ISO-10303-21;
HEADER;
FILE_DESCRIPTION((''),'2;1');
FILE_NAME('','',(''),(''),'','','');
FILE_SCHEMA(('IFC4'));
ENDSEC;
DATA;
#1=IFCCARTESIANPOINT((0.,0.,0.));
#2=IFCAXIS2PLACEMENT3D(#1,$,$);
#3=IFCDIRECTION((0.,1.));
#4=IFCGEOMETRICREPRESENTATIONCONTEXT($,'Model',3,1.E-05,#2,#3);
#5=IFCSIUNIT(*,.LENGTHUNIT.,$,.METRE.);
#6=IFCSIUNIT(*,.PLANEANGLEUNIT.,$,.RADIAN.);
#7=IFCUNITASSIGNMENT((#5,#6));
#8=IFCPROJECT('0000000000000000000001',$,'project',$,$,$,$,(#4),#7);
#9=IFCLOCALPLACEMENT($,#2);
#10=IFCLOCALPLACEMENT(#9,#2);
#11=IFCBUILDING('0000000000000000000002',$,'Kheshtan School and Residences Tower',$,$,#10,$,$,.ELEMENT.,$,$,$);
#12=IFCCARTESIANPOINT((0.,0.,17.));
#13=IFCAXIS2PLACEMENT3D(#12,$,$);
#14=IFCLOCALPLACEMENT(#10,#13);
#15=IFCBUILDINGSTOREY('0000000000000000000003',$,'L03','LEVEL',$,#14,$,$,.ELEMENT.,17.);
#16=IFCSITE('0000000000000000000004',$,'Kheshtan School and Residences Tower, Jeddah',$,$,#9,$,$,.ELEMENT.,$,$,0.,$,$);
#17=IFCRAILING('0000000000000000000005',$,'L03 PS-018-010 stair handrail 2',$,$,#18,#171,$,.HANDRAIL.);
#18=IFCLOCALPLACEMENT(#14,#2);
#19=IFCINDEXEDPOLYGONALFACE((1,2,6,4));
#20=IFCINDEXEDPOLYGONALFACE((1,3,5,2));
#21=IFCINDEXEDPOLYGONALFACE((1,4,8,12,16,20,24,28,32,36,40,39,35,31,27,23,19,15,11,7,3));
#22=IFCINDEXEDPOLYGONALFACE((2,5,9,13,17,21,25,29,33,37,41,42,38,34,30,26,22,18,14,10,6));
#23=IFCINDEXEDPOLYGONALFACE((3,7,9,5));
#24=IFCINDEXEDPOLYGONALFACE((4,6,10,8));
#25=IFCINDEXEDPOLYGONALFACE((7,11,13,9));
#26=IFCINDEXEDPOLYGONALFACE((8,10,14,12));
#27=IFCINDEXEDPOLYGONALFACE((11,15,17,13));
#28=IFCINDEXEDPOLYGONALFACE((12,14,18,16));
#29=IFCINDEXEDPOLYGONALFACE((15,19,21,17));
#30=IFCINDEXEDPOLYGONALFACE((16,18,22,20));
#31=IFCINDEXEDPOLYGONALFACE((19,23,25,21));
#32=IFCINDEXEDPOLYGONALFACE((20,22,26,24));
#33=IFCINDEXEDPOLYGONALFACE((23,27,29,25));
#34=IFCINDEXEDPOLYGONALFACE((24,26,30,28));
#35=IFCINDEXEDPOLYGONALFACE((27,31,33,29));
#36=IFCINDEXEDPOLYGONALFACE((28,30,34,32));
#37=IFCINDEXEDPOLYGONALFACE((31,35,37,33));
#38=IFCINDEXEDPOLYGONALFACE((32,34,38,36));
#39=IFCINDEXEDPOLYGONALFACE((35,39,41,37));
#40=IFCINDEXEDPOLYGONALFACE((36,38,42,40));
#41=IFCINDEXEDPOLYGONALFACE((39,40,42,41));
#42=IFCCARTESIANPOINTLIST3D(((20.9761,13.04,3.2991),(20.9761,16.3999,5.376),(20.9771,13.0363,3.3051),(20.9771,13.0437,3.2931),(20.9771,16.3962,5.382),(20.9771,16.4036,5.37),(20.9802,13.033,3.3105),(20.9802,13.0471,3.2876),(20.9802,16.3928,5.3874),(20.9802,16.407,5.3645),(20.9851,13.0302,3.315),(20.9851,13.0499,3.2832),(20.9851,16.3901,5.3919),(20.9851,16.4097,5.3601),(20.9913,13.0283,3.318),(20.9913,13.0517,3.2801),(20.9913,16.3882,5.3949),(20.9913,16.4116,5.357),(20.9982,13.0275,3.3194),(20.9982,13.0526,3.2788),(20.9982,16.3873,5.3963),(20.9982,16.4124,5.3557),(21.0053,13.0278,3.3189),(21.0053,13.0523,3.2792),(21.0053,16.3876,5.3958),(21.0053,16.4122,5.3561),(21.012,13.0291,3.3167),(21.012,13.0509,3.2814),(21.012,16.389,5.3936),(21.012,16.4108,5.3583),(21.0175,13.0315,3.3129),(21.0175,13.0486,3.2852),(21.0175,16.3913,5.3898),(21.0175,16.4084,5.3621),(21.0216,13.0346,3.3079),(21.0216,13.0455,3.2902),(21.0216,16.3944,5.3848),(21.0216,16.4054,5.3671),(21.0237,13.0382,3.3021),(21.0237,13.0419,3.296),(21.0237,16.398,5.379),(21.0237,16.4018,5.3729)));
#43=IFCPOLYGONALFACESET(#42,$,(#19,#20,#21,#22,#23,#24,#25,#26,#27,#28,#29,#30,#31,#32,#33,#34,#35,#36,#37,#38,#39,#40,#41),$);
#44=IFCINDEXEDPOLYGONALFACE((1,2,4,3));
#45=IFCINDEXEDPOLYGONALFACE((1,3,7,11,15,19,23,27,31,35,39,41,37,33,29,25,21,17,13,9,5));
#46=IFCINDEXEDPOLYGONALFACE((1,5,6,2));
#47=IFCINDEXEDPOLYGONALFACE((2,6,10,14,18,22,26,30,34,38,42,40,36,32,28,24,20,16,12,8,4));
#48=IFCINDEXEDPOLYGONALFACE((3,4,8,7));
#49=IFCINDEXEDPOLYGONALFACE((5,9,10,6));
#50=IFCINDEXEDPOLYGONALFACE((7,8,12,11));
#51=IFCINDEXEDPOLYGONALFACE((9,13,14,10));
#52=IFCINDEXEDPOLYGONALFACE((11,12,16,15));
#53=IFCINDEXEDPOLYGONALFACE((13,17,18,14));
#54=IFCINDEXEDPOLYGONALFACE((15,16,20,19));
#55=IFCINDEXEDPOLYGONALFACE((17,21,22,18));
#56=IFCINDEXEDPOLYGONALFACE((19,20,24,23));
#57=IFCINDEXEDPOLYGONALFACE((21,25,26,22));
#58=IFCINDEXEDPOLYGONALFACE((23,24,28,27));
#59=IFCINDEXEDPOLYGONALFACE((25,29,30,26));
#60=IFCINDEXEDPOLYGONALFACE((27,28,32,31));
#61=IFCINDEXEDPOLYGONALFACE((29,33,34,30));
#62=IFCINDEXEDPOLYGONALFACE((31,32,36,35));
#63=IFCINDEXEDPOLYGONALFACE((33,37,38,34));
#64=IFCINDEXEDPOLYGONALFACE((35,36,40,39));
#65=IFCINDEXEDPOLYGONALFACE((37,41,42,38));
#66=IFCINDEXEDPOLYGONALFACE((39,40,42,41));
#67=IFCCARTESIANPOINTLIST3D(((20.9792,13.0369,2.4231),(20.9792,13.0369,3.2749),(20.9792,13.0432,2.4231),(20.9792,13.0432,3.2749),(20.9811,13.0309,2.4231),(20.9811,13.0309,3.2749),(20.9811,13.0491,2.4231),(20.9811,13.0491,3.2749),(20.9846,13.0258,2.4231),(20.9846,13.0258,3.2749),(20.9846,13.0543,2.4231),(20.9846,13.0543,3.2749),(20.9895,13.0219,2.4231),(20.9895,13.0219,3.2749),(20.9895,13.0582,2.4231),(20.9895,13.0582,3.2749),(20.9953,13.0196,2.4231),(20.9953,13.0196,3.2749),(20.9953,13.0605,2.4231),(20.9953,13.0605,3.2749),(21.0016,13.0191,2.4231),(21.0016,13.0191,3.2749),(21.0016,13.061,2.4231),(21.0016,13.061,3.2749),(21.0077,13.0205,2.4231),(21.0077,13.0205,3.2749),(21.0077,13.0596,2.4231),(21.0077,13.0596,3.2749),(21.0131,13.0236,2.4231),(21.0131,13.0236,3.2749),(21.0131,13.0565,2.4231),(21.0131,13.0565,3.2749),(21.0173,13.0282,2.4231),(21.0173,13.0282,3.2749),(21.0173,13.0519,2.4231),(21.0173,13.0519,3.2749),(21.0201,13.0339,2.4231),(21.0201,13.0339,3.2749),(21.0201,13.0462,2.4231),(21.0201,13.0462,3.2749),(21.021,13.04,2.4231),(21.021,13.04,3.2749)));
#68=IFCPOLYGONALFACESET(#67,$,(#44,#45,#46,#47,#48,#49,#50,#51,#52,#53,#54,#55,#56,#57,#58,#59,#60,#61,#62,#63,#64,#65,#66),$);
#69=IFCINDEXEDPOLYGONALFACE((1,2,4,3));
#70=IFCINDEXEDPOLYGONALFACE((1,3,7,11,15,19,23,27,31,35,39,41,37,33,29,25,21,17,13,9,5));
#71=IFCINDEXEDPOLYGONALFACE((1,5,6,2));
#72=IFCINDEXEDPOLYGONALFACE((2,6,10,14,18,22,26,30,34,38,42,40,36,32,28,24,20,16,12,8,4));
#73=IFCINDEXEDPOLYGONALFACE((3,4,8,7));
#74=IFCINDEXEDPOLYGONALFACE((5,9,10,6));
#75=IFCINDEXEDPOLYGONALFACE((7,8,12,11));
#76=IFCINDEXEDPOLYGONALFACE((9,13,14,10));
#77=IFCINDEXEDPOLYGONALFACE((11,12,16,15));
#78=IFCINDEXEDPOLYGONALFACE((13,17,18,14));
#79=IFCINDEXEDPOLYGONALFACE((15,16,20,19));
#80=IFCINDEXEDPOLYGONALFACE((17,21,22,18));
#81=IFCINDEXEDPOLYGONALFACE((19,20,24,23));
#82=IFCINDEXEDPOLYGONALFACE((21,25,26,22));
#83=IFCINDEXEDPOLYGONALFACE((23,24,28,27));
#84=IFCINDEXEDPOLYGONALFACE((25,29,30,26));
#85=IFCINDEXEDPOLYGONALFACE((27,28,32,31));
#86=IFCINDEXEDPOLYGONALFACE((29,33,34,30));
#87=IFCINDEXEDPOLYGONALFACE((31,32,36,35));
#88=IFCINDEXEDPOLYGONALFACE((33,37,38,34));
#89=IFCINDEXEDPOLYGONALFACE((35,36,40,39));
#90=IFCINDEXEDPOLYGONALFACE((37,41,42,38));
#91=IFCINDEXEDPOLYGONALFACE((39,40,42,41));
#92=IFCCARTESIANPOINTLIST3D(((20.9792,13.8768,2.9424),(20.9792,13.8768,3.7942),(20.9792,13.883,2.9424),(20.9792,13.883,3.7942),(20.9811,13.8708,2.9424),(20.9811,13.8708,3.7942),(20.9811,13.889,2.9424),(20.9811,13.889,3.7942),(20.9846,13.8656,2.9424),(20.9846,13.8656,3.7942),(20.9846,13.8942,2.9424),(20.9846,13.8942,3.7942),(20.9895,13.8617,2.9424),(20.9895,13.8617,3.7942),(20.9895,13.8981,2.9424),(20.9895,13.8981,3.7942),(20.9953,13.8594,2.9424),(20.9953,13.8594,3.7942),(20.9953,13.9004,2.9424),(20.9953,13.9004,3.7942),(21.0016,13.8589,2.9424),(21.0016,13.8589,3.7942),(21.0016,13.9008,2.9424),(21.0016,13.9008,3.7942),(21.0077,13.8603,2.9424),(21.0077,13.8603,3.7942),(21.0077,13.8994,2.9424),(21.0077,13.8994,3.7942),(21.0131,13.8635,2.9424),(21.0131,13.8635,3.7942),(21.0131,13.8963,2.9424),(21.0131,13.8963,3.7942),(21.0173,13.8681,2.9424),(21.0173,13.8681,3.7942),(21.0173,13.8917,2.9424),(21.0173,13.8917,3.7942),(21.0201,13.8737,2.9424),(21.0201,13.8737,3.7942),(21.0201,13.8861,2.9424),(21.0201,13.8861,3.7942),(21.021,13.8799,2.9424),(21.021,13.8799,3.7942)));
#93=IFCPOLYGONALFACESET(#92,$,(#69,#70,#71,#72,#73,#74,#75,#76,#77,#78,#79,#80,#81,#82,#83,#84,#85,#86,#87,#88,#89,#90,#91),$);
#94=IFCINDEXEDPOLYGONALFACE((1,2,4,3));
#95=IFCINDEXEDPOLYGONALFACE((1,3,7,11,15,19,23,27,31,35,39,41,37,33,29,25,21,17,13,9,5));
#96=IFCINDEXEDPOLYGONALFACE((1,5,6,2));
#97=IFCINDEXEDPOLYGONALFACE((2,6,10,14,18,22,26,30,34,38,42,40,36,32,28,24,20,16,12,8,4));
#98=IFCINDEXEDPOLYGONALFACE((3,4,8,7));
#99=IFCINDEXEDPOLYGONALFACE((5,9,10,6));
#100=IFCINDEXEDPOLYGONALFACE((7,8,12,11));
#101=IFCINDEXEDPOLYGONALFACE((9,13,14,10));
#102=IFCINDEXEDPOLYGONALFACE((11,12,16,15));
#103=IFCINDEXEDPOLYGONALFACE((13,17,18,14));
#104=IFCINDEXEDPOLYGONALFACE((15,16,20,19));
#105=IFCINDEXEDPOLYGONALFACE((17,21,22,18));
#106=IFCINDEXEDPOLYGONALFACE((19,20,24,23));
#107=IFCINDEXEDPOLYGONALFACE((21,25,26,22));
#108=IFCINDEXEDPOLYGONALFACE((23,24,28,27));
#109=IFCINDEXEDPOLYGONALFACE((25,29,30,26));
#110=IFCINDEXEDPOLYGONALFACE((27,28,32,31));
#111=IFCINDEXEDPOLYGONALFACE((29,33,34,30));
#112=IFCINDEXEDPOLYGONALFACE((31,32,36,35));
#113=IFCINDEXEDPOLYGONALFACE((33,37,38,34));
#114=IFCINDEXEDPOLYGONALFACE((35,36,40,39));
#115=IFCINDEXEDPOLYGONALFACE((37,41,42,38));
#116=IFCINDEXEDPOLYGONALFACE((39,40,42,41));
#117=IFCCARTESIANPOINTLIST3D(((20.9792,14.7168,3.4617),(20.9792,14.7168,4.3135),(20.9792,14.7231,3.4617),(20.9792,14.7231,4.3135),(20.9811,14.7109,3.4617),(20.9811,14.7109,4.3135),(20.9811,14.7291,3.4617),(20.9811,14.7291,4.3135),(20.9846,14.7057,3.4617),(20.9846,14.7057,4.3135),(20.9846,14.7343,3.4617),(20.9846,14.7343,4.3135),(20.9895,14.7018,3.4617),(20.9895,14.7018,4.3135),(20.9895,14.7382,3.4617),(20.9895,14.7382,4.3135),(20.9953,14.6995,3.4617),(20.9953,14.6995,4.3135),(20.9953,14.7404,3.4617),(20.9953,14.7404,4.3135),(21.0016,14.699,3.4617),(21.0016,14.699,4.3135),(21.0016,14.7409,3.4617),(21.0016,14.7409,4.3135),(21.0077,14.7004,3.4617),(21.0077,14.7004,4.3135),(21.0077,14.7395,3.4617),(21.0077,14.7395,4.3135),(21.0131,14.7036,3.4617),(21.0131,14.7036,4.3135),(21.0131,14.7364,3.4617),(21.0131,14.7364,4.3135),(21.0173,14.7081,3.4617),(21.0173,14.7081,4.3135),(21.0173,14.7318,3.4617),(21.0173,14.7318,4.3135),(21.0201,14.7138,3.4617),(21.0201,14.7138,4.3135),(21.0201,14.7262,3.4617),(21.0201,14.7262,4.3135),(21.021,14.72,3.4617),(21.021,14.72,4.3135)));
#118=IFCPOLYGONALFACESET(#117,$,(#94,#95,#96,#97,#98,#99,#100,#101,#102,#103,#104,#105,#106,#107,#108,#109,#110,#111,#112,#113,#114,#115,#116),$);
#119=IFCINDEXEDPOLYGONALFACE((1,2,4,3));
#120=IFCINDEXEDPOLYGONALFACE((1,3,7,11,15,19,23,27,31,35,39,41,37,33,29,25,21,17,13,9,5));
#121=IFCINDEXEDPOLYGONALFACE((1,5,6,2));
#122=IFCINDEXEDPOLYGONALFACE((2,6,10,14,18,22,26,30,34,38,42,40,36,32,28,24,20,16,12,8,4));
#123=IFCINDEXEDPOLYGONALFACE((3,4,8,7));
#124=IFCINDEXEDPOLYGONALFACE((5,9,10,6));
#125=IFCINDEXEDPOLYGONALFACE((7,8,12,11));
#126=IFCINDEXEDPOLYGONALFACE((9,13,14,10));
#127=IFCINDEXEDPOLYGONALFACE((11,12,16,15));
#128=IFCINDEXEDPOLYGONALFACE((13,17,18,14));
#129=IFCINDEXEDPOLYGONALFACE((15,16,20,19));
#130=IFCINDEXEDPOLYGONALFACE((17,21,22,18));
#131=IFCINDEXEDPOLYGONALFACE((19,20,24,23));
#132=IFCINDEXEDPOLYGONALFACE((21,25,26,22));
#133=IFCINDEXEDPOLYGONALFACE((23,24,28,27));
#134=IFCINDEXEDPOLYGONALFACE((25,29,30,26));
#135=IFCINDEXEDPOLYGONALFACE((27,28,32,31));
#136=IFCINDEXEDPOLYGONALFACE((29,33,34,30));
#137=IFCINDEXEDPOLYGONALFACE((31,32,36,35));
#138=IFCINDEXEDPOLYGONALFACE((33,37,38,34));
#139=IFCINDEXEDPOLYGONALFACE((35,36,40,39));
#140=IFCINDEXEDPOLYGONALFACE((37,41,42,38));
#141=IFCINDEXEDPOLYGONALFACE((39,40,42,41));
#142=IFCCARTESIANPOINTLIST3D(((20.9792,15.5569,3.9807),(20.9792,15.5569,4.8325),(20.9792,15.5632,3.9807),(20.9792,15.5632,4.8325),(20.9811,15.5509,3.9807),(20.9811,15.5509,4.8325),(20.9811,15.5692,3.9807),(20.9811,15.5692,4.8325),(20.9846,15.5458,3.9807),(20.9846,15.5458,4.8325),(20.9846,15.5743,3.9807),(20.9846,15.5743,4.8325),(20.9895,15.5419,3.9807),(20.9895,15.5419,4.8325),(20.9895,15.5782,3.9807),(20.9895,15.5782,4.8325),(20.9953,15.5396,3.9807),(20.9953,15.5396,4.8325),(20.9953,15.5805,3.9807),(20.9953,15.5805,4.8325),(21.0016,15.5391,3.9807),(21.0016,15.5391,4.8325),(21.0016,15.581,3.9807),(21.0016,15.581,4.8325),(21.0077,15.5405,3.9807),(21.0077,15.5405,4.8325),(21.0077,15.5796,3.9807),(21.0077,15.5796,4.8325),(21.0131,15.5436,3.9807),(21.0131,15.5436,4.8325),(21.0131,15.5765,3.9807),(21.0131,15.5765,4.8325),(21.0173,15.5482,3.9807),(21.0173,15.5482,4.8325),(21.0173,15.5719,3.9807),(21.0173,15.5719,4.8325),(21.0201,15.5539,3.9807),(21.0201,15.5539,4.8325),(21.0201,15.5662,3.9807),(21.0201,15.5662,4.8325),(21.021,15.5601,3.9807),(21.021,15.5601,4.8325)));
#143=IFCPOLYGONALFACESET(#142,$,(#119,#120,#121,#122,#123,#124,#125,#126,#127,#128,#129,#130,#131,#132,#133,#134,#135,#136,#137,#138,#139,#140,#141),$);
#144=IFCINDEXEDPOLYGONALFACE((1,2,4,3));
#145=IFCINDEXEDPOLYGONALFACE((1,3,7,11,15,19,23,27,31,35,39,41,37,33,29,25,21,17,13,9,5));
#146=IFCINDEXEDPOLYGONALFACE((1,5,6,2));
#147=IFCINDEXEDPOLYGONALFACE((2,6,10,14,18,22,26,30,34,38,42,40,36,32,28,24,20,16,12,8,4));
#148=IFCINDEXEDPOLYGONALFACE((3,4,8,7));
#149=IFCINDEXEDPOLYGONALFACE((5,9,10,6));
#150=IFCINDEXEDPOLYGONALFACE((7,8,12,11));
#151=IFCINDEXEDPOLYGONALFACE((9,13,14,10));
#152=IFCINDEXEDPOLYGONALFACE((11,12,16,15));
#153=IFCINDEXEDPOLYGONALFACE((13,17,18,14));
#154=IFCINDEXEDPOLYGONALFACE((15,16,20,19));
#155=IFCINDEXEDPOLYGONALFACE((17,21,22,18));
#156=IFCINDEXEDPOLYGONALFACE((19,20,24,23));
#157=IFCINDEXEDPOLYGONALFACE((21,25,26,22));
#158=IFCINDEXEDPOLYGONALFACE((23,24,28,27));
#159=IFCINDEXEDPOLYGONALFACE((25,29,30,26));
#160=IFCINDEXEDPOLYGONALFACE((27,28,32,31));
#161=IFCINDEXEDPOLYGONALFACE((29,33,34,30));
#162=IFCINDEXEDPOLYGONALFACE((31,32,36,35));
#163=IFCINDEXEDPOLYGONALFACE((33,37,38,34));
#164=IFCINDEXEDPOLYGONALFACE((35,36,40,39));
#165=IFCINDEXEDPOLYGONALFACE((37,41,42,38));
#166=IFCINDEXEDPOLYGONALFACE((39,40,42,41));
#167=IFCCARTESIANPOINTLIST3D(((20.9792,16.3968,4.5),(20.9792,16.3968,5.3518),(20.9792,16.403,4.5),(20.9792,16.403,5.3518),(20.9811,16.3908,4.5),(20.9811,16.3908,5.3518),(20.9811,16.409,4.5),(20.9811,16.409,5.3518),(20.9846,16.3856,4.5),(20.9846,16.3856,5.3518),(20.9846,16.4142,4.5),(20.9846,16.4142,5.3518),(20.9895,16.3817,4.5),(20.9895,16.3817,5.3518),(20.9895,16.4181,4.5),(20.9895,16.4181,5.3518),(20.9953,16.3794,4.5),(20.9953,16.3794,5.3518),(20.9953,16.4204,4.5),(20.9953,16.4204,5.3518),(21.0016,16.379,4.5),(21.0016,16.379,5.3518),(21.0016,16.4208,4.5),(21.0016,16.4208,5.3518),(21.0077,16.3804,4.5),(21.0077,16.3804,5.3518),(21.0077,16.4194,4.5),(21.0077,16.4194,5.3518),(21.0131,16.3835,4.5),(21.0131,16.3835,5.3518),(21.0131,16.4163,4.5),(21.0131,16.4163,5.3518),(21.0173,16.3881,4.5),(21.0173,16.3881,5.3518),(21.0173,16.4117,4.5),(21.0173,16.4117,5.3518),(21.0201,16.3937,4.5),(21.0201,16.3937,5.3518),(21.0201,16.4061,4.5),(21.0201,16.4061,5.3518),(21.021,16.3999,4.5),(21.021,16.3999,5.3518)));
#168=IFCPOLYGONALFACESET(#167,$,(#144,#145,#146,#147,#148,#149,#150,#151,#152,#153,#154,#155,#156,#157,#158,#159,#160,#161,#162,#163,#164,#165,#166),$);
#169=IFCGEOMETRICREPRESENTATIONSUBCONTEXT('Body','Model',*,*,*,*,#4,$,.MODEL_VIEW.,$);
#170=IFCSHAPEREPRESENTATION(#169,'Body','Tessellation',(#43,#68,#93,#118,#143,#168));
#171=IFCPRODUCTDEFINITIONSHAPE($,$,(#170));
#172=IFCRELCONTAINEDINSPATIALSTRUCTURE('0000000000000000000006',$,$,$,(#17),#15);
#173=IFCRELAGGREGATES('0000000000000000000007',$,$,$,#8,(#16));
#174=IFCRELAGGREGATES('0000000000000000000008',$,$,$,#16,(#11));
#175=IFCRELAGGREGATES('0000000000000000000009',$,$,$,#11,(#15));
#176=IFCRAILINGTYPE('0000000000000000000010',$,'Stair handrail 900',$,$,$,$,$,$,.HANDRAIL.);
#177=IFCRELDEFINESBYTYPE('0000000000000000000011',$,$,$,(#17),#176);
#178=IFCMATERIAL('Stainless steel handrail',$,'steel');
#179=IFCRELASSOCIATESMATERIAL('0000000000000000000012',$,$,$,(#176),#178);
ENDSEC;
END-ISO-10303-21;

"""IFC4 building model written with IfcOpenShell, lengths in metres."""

from ifc_helpers import new_model, si_unit, direction, frame, origin, origin_2d, place, context, subcontext, project, spatial, circle, extrude, material, type_object, element, save


model = new_model("IFC4")

# Units and contexts
model_context = context("Model", 3, precision=1e-05, world=origin(), true_north=direction((0.0, 1.0)))
body_context = subcontext(model_context, "Body", "Model", "MODEL_VIEW")
ifc_project = project(units=[si_unit("LENGTHUNIT", "METRE"), si_unit("PLANEANGLEUNIT", "RADIAN")], contexts=[model_context])

# Site, building, storey
site_placement = place(None, origin())
site = spatial("IfcSite", under=ifc_project, at=site_placement, Name="Kheshtan School and Residences Tower, Jeddah", CompositionType="ELEMENT", RefElevation=0.0)
building_placement = place(site_placement, origin())
building = spatial("IfcBuilding", under=site, at=building_placement, Name="Kheshtan School and Residences Tower", CompositionType="ELEMENT")
storey_placement = place(building_placement, frame((0.0, 0.0, 17.0)))
storey = spatial("IfcBuildingStorey", under=building, at=storey_placement, Name="L03", Description="LEVEL", CompositionType="ELEMENT", Elevation=17.0)

# Railing
ifc_material_1 = material(Name="Stainless steel handrail", Category="steel")
railing_type = type_object("IfcRailingType", Name="Stair handrail 900", PredefinedType="HANDRAIL", material=ifc_material_1)
railing_placement = place(storey_placement, frame((21.0, 13.04, 2.4231)))
element("IfcRailing", 1, at=railing_placement, inside=storey, type_object=railing_type, Name="L03 PS-018-010 stair handrail 2", PredefinedType="HANDRAIL", context=body_context, shape_type="SweptSolid", body=[
    extrude(circle(Radius=0.0239, at=origin_2d()), frame((0.0, 0.0, 0.876), z_axis=(0.0, 0.850606, 0.525803), x_axis=(-1.0, 0.0, 0.0)), (0.0, 0.0, 1.0), 3.95),
    extrude(circle(Radius=0.021, at=origin_2d()), origin(), (0.0, 0.0, 1.0), 0.8518),
    extrude(circle(Radius=0.021, at=origin_2d()), frame((0.0, 0.8398, 0.5193)), (0.0, 0.0, 1.0), 0.8518),
    extrude(circle(Radius=0.021, at=origin_2d()), frame((0.0, 1.6799, 1.0386)), (0.0, 0.0, 1.0), 0.8518),
    extrude(circle(Radius=0.021, at=origin_2d()), frame((0.0, 2.52, 1.5576)), (0.0, 0.0, 1.0), 0.8518),
    extrude(circle(Radius=0.021, at=origin_2d()), frame((0.0, 3.3599, 2.0769)), (0.0, 0.0, 1.0), 0.8518),
])

save(model, "model.ifc")
